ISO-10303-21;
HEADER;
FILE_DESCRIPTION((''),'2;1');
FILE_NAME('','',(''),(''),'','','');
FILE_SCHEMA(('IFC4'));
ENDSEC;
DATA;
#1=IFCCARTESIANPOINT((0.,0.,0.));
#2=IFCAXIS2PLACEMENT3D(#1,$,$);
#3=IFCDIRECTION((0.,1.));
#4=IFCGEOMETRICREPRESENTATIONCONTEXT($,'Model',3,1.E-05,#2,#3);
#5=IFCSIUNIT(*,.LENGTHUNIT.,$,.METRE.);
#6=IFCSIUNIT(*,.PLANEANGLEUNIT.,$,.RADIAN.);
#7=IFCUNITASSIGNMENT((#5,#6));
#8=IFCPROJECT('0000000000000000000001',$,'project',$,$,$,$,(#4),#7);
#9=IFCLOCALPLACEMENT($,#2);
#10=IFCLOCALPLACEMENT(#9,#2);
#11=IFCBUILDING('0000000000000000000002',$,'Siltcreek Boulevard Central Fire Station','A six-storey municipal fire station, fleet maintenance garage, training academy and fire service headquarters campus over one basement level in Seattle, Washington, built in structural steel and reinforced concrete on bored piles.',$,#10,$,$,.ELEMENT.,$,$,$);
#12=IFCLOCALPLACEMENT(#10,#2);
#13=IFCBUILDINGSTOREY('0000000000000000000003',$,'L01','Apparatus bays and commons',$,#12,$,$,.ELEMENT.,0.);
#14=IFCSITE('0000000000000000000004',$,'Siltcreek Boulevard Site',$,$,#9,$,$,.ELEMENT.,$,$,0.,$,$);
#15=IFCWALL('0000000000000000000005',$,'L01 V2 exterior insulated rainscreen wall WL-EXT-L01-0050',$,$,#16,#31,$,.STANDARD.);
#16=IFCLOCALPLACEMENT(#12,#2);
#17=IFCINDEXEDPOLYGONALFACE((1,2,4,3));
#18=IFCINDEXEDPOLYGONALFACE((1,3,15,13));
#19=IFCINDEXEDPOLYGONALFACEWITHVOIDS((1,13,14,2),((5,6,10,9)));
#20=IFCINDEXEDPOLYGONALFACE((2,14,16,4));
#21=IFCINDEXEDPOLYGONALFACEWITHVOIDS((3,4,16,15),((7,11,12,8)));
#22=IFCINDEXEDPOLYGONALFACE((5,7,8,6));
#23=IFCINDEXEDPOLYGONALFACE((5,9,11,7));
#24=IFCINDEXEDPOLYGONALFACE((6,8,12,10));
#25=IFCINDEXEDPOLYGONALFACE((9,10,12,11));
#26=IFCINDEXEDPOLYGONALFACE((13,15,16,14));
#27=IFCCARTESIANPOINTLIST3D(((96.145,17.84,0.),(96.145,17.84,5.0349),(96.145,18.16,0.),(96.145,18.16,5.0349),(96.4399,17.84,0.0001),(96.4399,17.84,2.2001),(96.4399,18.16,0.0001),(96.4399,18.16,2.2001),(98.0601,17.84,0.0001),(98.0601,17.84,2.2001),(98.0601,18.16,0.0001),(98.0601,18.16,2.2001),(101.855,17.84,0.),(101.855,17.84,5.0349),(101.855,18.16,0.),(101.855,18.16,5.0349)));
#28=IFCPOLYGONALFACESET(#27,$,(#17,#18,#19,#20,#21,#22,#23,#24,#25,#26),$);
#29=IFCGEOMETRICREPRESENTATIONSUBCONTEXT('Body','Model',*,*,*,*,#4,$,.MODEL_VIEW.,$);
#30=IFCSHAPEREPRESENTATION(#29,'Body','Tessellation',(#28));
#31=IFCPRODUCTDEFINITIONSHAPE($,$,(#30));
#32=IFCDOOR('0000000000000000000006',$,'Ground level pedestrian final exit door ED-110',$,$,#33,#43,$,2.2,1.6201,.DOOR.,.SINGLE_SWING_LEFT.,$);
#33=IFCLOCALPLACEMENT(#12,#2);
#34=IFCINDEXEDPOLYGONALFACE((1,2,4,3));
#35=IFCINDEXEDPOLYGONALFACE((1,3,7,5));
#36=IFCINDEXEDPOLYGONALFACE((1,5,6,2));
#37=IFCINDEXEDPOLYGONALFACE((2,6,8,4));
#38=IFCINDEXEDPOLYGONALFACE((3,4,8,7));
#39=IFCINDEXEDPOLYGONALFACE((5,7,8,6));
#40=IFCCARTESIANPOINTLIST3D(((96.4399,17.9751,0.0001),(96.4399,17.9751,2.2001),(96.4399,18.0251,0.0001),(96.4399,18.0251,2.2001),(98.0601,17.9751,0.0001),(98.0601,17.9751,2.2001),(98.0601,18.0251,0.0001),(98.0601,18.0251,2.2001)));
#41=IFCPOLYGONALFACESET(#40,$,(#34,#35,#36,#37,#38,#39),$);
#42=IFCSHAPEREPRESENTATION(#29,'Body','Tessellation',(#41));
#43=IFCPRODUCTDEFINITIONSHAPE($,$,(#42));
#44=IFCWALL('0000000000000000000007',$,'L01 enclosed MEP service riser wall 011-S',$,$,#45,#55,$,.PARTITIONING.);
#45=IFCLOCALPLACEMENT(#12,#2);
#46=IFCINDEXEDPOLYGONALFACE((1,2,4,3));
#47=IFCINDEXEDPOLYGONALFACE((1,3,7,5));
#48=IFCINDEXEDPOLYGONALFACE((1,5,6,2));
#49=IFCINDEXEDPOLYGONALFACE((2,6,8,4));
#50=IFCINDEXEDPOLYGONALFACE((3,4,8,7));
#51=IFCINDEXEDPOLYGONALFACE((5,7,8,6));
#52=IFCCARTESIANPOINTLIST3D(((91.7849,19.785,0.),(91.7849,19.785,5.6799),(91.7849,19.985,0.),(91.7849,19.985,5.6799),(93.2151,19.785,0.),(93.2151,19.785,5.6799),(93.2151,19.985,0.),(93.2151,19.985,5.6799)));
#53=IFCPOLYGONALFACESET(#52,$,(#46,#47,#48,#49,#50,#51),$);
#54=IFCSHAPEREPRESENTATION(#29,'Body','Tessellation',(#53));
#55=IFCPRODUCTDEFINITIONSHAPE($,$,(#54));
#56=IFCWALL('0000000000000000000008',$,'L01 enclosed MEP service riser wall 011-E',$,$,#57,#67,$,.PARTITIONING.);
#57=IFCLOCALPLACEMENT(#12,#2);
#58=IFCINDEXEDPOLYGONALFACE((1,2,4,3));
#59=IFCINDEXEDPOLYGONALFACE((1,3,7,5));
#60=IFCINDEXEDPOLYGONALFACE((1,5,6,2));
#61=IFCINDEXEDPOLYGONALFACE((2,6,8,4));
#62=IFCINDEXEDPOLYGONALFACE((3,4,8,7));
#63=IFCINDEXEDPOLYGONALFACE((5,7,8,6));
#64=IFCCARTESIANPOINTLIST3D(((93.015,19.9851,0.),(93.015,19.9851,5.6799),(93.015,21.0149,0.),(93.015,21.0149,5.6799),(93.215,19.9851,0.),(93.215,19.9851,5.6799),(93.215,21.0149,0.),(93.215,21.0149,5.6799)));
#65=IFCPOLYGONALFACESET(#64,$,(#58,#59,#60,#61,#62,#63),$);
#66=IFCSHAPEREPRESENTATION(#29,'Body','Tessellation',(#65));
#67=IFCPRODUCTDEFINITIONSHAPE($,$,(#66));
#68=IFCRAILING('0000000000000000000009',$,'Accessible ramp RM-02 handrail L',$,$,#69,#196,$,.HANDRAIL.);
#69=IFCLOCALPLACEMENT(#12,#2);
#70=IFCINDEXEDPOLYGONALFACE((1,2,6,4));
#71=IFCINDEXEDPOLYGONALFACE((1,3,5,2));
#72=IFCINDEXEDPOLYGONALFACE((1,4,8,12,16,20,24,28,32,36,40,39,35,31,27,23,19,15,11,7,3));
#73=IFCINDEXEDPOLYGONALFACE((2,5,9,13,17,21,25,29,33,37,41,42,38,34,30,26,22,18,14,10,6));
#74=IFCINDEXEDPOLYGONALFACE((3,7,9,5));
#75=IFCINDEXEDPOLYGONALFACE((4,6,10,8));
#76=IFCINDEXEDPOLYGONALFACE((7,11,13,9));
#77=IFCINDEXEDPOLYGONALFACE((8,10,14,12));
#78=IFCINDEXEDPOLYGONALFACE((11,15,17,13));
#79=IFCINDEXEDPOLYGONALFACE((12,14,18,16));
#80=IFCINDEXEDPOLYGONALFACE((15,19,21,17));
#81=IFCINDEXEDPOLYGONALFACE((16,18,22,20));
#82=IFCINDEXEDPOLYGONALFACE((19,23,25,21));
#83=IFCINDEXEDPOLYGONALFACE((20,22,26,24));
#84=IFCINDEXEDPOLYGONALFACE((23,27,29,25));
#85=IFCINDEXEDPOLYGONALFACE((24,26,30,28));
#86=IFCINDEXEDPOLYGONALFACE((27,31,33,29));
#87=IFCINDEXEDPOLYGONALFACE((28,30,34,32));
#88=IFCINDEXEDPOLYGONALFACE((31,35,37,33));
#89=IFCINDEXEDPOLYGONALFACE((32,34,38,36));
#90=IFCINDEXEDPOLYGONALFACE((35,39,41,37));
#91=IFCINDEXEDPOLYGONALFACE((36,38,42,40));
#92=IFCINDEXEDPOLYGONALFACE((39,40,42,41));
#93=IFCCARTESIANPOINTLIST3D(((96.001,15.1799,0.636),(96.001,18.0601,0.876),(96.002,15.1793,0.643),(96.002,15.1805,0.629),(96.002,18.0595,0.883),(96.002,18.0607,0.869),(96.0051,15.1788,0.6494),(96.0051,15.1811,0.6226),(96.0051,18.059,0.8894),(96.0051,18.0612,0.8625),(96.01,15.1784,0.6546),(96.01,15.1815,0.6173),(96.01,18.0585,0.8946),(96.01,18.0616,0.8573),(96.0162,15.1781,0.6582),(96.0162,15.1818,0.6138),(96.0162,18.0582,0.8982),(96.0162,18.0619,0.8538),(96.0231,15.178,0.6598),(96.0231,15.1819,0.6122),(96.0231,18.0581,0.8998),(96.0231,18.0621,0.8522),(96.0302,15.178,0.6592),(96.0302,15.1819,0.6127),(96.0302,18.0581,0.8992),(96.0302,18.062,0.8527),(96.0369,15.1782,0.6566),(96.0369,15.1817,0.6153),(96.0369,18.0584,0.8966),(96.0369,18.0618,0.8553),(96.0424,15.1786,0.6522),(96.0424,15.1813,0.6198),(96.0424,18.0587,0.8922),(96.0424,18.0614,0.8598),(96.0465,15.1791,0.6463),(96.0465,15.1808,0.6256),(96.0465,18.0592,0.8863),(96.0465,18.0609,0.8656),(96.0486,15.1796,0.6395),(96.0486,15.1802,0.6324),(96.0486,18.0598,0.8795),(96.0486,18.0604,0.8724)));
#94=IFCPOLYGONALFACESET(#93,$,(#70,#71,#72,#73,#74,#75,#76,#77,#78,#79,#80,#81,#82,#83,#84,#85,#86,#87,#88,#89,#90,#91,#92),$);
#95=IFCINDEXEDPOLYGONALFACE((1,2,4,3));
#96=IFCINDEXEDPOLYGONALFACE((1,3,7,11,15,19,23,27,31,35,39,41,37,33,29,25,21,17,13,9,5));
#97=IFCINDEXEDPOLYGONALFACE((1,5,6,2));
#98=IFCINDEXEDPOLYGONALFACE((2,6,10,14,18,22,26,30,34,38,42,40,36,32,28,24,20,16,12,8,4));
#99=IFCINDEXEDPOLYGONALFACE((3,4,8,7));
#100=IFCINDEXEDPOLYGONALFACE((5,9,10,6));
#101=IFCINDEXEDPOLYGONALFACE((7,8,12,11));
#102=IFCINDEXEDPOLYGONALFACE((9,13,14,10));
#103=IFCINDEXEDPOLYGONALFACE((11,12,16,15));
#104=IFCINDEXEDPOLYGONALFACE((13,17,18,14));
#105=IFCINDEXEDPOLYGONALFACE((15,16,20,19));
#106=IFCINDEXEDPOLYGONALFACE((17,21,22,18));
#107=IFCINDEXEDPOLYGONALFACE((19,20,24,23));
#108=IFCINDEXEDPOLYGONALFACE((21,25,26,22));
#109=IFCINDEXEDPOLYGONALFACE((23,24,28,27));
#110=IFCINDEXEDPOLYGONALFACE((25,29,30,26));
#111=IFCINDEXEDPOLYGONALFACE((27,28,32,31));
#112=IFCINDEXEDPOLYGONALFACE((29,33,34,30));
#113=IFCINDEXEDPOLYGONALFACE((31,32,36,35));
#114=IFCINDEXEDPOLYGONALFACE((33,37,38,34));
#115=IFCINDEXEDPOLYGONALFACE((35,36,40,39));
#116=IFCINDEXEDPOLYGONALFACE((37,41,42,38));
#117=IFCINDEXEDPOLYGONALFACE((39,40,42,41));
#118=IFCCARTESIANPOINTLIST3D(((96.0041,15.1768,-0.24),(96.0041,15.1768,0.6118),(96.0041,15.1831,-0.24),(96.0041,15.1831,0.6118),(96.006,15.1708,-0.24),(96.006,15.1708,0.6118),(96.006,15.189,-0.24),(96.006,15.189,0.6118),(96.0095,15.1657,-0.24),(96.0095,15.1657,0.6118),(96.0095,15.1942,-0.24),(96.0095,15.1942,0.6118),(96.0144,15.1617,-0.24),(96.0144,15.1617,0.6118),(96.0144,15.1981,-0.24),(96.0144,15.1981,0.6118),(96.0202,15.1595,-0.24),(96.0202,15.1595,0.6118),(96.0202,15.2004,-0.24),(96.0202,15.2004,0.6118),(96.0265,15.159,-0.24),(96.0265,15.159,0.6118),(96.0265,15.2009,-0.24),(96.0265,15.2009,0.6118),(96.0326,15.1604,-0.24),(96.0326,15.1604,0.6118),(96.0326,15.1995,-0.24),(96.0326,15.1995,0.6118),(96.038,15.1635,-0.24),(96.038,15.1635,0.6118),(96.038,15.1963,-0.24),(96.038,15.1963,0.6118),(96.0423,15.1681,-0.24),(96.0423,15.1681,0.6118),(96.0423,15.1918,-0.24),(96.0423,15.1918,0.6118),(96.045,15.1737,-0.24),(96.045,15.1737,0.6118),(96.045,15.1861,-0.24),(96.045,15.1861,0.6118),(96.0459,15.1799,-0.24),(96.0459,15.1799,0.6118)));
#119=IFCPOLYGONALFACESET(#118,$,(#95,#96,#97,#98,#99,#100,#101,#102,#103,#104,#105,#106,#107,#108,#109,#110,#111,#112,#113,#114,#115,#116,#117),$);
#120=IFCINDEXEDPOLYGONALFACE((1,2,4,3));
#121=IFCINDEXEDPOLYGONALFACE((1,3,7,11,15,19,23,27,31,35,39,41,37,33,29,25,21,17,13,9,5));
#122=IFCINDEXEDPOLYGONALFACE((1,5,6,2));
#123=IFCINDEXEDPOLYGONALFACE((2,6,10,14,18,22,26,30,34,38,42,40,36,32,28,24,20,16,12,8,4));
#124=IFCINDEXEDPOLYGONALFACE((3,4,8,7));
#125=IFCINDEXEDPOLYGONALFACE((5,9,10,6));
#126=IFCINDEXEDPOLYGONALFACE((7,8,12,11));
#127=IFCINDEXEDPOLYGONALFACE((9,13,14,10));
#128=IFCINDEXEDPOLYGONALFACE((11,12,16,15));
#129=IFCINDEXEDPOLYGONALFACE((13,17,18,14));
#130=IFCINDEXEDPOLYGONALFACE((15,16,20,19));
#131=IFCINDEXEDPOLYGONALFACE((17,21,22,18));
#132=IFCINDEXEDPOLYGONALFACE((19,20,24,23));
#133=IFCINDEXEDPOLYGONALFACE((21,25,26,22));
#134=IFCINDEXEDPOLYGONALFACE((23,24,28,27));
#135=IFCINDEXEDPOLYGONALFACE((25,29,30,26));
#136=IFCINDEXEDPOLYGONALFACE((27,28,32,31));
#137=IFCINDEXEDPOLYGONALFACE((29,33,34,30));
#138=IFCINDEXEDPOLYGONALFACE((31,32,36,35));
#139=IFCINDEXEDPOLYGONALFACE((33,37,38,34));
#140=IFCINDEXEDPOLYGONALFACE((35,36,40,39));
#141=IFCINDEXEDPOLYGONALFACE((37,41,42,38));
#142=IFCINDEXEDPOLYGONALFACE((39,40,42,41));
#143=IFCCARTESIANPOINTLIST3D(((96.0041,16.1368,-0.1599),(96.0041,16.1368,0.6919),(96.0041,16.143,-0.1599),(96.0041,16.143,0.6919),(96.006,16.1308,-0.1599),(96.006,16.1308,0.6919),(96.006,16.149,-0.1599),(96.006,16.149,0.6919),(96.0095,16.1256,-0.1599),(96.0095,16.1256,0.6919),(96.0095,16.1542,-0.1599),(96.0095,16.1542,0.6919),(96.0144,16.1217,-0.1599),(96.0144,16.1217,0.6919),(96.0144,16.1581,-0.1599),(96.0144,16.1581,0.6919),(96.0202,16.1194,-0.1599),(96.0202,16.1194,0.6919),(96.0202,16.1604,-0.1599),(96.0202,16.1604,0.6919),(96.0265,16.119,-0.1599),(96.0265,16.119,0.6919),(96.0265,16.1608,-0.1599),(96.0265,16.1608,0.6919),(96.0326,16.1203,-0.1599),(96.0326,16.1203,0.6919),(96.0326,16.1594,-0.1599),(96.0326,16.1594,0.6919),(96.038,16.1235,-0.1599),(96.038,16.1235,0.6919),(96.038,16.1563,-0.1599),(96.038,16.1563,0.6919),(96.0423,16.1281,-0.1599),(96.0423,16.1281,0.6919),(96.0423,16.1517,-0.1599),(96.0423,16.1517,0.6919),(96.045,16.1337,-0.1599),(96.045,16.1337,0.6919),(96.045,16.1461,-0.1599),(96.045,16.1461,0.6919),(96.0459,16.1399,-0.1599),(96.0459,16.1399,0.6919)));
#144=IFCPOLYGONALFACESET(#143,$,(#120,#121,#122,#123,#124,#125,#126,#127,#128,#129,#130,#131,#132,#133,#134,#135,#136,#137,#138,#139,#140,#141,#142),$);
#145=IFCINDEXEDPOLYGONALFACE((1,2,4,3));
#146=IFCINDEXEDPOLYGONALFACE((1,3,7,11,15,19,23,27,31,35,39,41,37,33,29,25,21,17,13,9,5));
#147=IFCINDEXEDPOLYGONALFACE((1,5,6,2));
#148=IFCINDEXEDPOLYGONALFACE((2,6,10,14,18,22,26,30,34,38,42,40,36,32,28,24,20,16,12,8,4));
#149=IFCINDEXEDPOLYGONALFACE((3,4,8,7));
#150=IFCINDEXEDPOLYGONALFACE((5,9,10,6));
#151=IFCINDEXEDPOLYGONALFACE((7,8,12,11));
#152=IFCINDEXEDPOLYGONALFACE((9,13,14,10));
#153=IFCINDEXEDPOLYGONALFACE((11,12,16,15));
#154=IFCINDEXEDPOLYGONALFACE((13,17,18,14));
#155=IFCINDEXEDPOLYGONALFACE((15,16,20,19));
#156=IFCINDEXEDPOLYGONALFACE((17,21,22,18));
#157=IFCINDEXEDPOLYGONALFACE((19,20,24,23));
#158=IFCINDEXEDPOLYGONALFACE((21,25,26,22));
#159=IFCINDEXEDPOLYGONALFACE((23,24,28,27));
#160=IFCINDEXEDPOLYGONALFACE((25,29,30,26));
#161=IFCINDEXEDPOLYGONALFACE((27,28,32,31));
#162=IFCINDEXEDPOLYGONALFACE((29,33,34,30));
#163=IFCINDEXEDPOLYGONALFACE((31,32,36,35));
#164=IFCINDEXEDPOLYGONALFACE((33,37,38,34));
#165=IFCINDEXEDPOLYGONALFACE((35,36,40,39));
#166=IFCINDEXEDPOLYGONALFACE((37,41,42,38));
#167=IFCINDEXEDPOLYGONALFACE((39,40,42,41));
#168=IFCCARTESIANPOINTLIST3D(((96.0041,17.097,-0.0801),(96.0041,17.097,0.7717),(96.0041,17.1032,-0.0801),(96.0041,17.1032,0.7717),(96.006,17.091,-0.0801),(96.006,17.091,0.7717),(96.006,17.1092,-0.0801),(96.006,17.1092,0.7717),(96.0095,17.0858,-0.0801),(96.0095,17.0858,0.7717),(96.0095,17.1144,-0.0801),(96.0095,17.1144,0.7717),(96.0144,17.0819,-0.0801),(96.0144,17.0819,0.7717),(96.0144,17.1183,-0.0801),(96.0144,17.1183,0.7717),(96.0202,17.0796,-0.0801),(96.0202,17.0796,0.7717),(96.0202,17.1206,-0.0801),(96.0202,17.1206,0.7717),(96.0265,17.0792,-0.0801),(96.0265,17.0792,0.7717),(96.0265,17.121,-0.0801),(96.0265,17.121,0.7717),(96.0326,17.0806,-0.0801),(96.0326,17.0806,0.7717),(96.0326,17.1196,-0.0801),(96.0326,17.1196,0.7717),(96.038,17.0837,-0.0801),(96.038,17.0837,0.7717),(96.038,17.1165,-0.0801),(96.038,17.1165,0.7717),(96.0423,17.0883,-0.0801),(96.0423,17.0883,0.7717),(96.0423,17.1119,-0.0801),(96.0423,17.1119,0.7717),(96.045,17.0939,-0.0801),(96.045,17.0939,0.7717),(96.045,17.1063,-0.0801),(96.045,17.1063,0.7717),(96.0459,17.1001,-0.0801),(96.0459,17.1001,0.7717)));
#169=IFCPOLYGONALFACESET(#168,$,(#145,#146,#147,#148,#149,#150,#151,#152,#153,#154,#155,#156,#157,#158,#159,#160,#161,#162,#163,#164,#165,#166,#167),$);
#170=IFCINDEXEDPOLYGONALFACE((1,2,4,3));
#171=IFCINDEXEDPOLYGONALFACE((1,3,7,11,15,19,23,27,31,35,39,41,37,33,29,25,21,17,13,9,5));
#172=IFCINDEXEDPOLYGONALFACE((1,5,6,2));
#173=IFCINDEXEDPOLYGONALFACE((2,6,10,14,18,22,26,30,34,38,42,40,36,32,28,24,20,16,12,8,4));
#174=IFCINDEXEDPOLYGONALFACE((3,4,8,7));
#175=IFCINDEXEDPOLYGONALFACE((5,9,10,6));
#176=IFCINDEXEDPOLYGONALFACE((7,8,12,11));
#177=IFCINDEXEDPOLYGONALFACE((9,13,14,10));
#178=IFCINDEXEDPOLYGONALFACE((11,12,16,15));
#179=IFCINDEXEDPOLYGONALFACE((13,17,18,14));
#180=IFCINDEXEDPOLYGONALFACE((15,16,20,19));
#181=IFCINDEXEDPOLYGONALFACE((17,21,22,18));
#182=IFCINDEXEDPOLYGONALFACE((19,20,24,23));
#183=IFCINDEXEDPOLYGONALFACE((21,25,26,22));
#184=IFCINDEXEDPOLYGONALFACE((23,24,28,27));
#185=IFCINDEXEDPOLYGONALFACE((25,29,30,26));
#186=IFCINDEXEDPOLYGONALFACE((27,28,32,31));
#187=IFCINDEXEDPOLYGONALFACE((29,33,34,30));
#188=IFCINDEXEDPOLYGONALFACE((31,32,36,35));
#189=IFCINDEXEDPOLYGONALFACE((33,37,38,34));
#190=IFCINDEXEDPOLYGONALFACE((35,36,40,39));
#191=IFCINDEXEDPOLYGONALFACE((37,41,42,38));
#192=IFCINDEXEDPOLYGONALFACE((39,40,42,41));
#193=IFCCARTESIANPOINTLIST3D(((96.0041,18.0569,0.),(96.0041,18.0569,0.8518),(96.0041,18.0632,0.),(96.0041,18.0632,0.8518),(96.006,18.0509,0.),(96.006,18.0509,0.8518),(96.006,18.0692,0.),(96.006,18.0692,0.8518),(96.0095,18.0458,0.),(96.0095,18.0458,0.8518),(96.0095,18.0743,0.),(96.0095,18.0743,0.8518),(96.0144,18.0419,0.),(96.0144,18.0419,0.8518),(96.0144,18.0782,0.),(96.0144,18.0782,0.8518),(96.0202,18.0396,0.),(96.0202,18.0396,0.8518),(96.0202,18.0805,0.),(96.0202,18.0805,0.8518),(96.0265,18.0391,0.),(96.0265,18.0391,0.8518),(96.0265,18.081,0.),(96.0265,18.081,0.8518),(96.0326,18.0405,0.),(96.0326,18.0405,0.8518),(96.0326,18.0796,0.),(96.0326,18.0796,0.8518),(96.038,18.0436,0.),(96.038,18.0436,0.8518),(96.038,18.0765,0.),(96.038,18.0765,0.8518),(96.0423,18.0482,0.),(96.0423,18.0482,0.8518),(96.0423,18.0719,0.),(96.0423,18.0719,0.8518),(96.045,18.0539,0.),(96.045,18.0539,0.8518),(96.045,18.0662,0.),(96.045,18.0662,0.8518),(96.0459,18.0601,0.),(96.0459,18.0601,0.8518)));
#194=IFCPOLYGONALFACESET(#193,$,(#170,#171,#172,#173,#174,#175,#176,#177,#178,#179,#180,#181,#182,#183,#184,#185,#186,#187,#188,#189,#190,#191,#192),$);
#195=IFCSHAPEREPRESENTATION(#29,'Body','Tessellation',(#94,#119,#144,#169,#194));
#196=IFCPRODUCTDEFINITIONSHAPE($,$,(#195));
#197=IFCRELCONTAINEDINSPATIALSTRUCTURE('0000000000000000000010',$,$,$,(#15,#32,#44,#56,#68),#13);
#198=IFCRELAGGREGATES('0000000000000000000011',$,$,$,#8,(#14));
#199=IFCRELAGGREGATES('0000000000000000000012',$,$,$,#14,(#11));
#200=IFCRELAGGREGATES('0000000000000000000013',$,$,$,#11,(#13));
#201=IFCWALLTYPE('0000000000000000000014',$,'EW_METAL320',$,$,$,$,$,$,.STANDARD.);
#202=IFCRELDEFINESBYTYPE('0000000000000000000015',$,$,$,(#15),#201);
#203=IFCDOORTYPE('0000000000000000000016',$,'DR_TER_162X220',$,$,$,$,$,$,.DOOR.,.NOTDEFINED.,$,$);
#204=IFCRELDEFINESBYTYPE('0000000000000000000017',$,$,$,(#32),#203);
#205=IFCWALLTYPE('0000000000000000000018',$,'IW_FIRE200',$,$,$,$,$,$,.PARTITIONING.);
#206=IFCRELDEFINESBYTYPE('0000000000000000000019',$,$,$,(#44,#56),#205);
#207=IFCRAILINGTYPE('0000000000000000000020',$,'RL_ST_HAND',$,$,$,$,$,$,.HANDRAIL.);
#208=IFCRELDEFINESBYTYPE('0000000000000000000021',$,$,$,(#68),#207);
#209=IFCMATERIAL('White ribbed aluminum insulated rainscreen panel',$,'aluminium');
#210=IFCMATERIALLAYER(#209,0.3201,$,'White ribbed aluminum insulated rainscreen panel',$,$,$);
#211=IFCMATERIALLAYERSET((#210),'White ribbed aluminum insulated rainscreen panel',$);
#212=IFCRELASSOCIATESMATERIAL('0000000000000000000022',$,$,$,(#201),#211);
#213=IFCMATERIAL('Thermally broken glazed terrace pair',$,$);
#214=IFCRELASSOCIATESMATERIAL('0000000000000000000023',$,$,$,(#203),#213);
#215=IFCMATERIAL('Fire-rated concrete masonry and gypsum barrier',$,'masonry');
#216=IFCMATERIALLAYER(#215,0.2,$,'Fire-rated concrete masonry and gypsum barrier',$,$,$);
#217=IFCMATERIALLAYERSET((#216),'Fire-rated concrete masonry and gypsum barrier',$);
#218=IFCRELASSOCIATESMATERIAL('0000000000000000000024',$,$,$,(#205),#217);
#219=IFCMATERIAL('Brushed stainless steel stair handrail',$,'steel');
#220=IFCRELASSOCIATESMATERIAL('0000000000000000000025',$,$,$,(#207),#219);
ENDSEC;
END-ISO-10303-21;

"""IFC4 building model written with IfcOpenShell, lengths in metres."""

from ifc_helpers import new_model, si_unit, direction, frame, frame_2d, origin, origin_2d, place, context, subcontext, project, spatial, rectangle, circle, extrude, material, layer, layer_set, type_object, element, fill, save


model = new_model("IFC4")

# Units and contexts
model_context = context("Model", 3, precision=1e-05, world=origin(), true_north=direction((0.0, 1.0)))
body_context = subcontext(model_context, "Body", "Model", "MODEL_VIEW")
ifc_project = project(units=[si_unit("LENGTHUNIT", "METRE"), si_unit("PLANEANGLEUNIT", "RADIAN")], contexts=[model_context])

# Site, building, storey
site_placement = place(None, origin())
site = spatial("IfcSite", under=ifc_project, at=site_placement, Name="Siltcreek Boulevard Site", CompositionType="ELEMENT", RefElevation=0.0)
building_placement = place(site_placement, origin())
building = spatial("IfcBuilding", under=site, at=building_placement, Name="Siltcreek Boulevard Central Fire Station", Description="A six-storey municipal fire station, fleet maintenance garage, training academy and fire service headquarters campus over one basement level in Seattle, Washington, built in structural steel and reinforced concrete on bored piles.", CompositionType="ELEMENT")
storey_placement = place(building_placement, origin())
storey = spatial("IfcBuildingStorey", under=building, at=storey_placement, Name="L01", Description="Apparatus bays and commons", CompositionType="ELEMENT", Elevation=0.0)

# Wall, opening, door
ifc_material_1 = material(Name="White ribbed aluminum insulated rainscreen panel", Category="aluminium")
ifc_layer_1 = layer(ifc_material_1, 0.3201, Name="White ribbed aluminum insulated rainscreen panel")
ifc_layer_set_1 = layer_set([ifc_layer_1], Name="White ribbed aluminum insulated rainscreen panel")
wall_type_1 = type_object("IfcWallType", Name="EW_METAL320", PredefinedType="STANDARD", material=ifc_layer_set_1)
wall_1_placement = place(storey_placement, frame((96.145, 18.0, 0.0), z_axis=(0.0, 0.0, 1.0), x_axis=(1.0, 0.0, 0.0)))
wall_1 = element("IfcWall", 1, at=wall_1_placement, inside=storey, type_object=wall_type_1, Name="L01 V2 exterior insulated rainscreen wall WL-EXT-L01-0050", PredefinedType="STANDARD", context=body_context, shape_type="SweptSolid", body=[
    extrude(rectangle(XDim=5.71, YDim=0.3201, at=frame_2d((2.855, 0.0))), origin(), (0.0, 0.0, 1.0), 5.0349),
])
opening_placement = place(wall_1_placement, frame((0.2949, 0.0, 0.0)))
opening = element("IfcOpeningElement", 2, at=opening_placement, cuts=wall_1, PredefinedType="OPENING", context=body_context, shape_type="SweptSolid", body=[
    extrude(rectangle(XDim=1.6201, YDim=2.2, at=frame_2d((0.8101, 1.1001))), frame((0.0, 0.1699, 0.0), z_axis=(0.0, -1.0, 0.0), x_axis=(1.0, 0.0, 0.0)), (0.0, 0.0, 1.0), 0.3401),
])
ifc_material_2 = material(Name="Thermally broken glazed terrace pair")
door_type = type_object("IfcDoorType", Name="DR_TER_162X220", OperationType="NOTDEFINED", PredefinedType="DOOR", material=ifc_material_2)
door_placement = place(opening_placement, frame((1.6201, 0.0, 0.0), z_axis=(0.0, 0.0, 1.0), x_axis=(-1.0, 0.0, 0.0)))
door = element("IfcDoor", 3, at=door_placement, inside=storey, type_object=door_type, Name="Ground level pedestrian final exit door ED-110", OperationType="SINGLE_SWING_LEFT", OverallHeight=2.2, OverallWidth=1.6201, PredefinedType="DOOR", context=body_context, shape_type="SweptSolid", body=[
    extrude(rectangle(XDim=1.6201, YDim=2.2, at=frame_2d((0.8101, 1.1001))), frame((0.0, 0.0249, 0.0), z_axis=(0.0, -1.0, 0.0), x_axis=(1.0, 0.0, 0.0)), (0.0, 0.0, 1.0), 0.05),
])
fill(opening, door)

# Walls
ifc_material_3 = material(Name="Fire-rated concrete masonry and gypsum barrier", Category="masonry")
ifc_layer_2 = layer(ifc_material_3, 0.2, Name="Fire-rated concrete masonry and gypsum barrier")
ifc_layer_set_2 = layer_set([ifc_layer_2], Name="Fire-rated concrete masonry and gypsum barrier")
wall_type_2 = type_object("IfcWallType", Name="IW_FIRE200", PredefinedType="PARTITIONING", material=ifc_layer_set_2)
wall_2_placement = place(storey_placement, frame((91.7849, 19.885, 0.0), z_axis=(0.0, 0.0, 1.0), x_axis=(1.0, 0.0, 0.0)))
element("IfcWall", 4, at=wall_2_placement, inside=storey, type_object=wall_type_2, Name="L01 enclosed MEP service riser wall 011-S", PredefinedType="PARTITIONING", context=body_context, shape_type="SweptSolid", body=[
    extrude(rectangle(XDim=1.4302, YDim=0.2, at=frame_2d((0.7151, 0.0))), origin(), (0.0, 0.0, 1.0), 5.6799),
])
wall_3_placement = place(storey_placement, frame((93.115, 19.9851, 0.0), z_axis=(0.0, 0.0, 1.0), x_axis=(0.0, 1.0, 0.0)))
element("IfcWall", 5, at=wall_3_placement, inside=storey, type_object=wall_type_2, Name="L01 enclosed MEP service riser wall 011-E", PredefinedType="PARTITIONING", context=body_context, shape_type="SweptSolid", body=[
    extrude(rectangle(XDim=1.0298, YDim=0.2, at=frame_2d((0.5149, 0.0))), origin(), (0.0, 0.0, 1.0), 5.6799),
])

# Railing
ifc_material_4 = material(Name="Brushed stainless steel stair handrail", Category="steel")
railing_type = type_object("IfcRailingType", Name="RL_ST_HAND", PredefinedType="HANDRAIL", material=ifc_material_4)
railing_placement = place(storey_placement, frame((96.0249, 15.1799, -0.24)))
element("IfcRailing", 6, at=railing_placement, inside=storey, type_object=railing_type, Name="Accessible ramp RM-02 handrail L", PredefinedType="HANDRAIL", context=body_context, shape_type="SweptSolid", body=[
    extrude(circle(Radius=0.0239, at=origin_2d()), frame((0.0, 0.0, 0.876), z_axis=(0.0, 0.996546, 0.083038), x_axis=(-1.0, 0.0, 0.0)), (0.0, 0.0, 1.0), 2.8901),
    extrude(circle(Radius=0.021, at=origin_2d()), origin(), (0.0, 0.0, 1.0), 0.8518),
    extrude(circle(Radius=0.021, at=origin_2d()), frame((0.0, 0.96, 0.0801)), (0.0, 0.0, 1.0), 0.8518),
    extrude(circle(Radius=0.021, at=origin_2d()), frame((0.0, 1.9202, 0.1599)), (0.0, 0.0, 1.0), 0.8518),
    extrude(circle(Radius=0.021, at=origin_2d()), frame((0.0, 2.8801, 0.24)), (0.0, 0.0, 1.0), 0.8518),
])

save(model, "model.ifc")
